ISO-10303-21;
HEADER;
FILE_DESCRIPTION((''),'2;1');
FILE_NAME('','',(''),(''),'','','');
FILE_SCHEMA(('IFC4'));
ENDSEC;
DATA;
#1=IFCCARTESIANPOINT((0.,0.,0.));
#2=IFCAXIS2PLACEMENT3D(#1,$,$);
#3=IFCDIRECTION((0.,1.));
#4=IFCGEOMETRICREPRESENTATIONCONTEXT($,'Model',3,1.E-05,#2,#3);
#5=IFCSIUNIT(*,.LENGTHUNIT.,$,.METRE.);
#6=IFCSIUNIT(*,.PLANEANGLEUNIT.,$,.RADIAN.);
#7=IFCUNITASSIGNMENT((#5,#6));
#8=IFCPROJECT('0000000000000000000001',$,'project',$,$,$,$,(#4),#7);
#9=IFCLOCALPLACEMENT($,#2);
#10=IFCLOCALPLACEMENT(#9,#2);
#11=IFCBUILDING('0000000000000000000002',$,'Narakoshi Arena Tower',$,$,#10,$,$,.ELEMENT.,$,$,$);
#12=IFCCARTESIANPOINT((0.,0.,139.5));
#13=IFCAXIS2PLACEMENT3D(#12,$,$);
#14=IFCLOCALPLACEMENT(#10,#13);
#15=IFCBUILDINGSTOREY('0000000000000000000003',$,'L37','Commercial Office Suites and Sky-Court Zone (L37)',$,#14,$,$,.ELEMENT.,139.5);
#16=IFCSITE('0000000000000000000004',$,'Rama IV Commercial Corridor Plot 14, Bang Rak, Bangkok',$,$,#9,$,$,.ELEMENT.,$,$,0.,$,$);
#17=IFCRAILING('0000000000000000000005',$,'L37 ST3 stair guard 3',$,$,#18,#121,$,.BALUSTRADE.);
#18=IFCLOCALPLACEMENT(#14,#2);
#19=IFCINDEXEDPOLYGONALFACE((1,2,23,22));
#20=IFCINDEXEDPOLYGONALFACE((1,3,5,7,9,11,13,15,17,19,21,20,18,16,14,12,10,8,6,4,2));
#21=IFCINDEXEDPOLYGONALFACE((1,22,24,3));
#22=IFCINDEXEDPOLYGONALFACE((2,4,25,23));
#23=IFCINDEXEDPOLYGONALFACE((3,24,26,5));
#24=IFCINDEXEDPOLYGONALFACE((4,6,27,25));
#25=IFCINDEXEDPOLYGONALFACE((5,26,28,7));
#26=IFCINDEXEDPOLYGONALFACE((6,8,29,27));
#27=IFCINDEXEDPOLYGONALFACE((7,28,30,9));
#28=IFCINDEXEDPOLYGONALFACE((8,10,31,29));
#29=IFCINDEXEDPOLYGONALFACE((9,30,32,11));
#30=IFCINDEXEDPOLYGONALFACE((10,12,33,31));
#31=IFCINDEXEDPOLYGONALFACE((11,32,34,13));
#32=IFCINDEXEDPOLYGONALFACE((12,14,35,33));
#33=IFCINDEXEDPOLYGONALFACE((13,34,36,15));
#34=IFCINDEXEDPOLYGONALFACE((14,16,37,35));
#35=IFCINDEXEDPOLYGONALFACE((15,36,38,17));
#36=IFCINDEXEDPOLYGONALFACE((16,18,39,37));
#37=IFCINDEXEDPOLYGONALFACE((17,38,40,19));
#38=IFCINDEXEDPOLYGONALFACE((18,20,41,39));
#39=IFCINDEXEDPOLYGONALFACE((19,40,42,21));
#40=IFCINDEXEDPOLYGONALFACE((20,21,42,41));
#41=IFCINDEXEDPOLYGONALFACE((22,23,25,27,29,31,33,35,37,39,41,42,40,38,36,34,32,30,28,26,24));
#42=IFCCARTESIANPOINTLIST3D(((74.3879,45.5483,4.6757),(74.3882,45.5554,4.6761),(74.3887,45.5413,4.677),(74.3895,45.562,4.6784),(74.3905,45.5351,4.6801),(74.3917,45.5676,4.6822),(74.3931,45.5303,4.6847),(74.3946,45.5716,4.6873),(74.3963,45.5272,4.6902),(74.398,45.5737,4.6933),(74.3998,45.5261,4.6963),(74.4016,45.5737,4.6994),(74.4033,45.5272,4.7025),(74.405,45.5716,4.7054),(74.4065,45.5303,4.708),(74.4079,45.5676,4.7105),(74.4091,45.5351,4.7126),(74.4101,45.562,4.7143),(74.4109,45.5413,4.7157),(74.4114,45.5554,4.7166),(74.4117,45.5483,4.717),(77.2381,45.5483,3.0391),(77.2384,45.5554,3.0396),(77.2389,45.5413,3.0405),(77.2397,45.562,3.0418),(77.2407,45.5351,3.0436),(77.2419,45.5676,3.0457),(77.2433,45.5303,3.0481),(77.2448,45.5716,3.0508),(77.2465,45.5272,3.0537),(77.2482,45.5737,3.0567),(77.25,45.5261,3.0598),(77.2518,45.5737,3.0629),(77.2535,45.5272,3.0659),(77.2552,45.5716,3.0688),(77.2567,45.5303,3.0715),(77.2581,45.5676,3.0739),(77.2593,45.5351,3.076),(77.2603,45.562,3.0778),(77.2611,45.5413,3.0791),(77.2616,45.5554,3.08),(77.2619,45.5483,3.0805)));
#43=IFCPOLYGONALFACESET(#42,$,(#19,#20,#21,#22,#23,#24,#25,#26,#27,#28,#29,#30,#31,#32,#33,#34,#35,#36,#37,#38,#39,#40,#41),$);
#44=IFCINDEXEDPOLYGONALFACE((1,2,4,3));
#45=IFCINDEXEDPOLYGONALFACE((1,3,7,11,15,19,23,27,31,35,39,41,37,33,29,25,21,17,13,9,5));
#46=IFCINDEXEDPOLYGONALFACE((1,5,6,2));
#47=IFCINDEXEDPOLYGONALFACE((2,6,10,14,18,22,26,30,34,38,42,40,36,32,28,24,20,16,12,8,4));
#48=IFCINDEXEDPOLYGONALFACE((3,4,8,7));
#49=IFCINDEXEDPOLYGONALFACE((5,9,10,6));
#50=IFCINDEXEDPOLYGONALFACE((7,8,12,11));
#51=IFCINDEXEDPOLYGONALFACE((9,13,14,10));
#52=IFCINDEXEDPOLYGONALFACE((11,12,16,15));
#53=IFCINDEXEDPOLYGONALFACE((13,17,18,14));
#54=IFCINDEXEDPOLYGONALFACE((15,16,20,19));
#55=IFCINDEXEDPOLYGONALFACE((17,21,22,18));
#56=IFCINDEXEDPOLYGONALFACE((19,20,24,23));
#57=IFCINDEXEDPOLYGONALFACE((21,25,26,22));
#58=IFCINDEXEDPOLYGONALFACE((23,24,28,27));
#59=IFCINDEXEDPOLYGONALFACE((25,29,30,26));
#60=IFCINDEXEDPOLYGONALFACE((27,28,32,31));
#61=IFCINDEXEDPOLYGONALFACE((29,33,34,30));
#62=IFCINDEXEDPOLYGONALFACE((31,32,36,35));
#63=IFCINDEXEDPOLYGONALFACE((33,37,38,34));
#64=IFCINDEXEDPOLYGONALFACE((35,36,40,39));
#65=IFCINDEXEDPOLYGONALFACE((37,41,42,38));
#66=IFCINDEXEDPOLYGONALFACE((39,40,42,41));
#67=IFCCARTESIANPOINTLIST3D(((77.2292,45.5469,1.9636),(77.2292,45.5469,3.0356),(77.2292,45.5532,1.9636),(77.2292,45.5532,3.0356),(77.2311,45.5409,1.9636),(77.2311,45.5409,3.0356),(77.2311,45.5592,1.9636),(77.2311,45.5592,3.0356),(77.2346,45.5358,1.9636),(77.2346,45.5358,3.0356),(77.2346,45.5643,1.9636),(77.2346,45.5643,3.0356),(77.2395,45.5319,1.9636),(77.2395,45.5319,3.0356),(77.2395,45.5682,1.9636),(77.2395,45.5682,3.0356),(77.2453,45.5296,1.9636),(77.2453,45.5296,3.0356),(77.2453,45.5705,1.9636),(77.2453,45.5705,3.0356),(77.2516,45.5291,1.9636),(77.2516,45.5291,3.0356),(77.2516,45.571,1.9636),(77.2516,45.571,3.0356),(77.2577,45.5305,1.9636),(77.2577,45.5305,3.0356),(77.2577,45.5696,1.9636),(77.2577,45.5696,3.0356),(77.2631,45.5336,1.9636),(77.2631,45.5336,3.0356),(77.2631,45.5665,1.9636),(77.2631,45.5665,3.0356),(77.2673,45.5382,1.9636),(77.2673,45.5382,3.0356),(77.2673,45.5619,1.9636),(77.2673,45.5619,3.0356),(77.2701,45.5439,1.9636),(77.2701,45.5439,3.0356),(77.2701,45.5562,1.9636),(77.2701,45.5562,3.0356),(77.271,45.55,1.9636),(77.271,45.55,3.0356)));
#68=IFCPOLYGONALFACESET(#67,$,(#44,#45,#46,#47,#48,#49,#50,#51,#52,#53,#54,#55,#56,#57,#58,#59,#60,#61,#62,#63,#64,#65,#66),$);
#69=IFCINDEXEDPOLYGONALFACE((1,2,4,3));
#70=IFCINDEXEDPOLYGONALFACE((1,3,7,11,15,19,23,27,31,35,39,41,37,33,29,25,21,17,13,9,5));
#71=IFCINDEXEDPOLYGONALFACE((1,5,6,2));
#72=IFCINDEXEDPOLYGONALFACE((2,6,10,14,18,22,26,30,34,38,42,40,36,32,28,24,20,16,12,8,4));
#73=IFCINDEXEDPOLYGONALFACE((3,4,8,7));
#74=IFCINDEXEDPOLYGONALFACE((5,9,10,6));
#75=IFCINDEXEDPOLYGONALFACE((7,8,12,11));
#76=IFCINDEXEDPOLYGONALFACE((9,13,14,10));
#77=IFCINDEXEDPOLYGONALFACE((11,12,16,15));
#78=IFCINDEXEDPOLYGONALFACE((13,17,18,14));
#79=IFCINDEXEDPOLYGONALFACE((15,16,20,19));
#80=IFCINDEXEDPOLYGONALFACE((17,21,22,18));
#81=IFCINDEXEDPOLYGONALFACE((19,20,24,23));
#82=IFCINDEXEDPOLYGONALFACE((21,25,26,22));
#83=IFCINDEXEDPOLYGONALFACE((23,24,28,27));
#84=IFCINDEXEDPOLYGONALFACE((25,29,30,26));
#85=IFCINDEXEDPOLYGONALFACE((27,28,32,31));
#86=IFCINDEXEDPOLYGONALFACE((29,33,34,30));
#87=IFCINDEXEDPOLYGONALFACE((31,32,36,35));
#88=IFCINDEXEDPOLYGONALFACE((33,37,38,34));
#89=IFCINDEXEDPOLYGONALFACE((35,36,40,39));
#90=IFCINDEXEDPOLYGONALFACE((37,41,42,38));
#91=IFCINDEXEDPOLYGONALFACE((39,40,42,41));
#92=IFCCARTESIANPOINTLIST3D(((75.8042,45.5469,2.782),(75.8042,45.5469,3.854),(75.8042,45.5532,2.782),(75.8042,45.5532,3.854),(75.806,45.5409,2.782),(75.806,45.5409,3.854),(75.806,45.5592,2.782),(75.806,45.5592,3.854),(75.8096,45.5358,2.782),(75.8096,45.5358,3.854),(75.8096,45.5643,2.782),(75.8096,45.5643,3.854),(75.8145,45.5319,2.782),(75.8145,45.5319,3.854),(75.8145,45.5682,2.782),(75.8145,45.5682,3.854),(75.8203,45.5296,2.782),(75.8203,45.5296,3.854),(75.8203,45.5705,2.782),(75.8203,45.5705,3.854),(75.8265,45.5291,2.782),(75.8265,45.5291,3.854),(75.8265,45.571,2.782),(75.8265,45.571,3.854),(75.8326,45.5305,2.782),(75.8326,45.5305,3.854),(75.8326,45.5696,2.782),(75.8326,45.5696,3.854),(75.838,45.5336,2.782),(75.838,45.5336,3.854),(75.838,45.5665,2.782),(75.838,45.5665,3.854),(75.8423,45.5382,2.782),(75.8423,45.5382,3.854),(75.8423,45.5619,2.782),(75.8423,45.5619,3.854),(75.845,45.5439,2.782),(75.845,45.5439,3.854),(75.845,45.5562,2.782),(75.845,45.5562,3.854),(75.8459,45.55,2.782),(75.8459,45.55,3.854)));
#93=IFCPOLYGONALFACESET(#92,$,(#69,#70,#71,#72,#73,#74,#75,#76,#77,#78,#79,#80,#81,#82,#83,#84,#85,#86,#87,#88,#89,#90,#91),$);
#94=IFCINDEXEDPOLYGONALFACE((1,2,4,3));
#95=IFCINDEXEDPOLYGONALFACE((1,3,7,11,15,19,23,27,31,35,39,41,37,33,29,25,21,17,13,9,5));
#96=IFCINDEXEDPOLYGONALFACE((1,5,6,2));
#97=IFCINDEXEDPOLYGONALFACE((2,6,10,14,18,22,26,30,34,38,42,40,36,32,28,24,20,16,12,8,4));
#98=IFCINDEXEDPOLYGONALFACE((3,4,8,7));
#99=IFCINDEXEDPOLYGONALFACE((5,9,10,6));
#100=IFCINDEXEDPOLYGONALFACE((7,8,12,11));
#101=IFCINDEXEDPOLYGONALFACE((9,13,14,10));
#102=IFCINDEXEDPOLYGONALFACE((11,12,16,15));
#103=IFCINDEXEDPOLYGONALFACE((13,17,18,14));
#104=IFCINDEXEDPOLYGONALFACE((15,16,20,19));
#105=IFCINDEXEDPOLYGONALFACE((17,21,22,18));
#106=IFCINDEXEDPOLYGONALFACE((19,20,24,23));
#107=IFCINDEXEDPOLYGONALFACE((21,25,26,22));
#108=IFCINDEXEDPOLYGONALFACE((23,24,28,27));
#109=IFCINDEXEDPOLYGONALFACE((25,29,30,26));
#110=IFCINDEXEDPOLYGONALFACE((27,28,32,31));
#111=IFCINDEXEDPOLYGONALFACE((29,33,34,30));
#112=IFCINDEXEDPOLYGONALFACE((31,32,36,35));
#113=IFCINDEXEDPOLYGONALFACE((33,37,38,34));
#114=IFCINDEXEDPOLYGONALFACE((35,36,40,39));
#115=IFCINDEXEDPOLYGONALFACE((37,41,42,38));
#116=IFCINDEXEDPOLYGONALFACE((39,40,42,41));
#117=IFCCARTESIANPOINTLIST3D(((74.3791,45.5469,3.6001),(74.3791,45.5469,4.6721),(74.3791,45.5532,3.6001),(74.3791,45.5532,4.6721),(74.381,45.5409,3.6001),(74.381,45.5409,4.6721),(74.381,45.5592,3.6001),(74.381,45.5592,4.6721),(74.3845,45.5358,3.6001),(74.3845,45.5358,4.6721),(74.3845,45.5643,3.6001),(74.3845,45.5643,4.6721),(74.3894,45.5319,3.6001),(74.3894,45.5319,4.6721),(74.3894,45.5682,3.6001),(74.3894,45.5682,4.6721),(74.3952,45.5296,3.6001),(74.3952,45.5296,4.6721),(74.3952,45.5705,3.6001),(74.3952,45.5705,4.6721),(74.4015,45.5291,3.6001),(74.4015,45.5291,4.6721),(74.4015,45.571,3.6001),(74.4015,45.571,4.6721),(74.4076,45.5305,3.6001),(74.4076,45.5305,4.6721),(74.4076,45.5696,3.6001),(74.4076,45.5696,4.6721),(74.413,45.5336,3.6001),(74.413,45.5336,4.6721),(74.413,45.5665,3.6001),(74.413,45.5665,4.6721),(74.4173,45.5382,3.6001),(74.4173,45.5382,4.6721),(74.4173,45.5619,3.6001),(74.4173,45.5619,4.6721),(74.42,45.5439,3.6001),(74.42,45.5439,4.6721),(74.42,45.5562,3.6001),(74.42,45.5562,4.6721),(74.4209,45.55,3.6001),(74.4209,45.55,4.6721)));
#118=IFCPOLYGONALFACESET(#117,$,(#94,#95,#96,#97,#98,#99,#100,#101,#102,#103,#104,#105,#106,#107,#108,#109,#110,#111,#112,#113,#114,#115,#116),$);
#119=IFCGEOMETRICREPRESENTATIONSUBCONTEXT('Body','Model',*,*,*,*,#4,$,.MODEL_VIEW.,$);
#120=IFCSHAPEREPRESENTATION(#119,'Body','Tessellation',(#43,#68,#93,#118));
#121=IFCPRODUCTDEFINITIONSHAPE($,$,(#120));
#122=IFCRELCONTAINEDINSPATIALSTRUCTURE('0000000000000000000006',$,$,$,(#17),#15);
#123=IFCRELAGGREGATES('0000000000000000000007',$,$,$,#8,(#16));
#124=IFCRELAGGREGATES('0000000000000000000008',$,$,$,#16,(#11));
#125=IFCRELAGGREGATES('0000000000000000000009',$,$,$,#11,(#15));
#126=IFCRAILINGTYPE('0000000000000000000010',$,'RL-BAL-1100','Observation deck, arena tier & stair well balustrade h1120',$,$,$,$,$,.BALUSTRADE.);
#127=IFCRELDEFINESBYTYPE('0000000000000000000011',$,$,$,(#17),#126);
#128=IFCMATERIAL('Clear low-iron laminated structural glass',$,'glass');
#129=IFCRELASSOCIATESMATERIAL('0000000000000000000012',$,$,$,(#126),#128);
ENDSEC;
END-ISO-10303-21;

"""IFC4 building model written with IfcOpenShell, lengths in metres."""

from ifc_helpers import new_model, si_unit, direction, frame, origin, origin_2d, place, context, subcontext, project, spatial, circle, extrude, material, type_object, element, save


model = new_model("IFC4")

# Units and contexts
model_context = context("Model", 3, precision=1e-05, world=origin(), true_north=direction((0.0, 1.0)))
body_context = subcontext(model_context, "Body", "Model", "MODEL_VIEW")
ifc_project = project(units=[si_unit("LENGTHUNIT", "METRE"), si_unit("PLANEANGLEUNIT", "RADIAN")], contexts=[model_context])

# Site, building, storey
site_placement = place(None, origin())
site = spatial("IfcSite", under=ifc_project, at=site_placement, Name="Rama IV Commercial Corridor Plot 14, Bang Rak, Bangkok", CompositionType="ELEMENT", RefElevation=0.0)
building_placement = place(site_placement, origin())
building = spatial("IfcBuilding", under=site, at=building_placement, Name="Narakoshi Arena Tower", CompositionType="ELEMENT")
storey_placement = place(building_placement, frame((0.0, 0.0, 139.5)))
storey = spatial("IfcBuildingStorey", under=building, at=storey_placement, Name="L37", Description="Commercial Office Suites and Sky-Court Zone (L37)", CompositionType="ELEMENT", Elevation=139.5)

# Railing
ifc_material_1 = material(Name="Clear low-iron laminated structural glass", Category="glass")
railing_type_1 = type_object("IfcRailingType", Name="RL-BAL-1100", Description="Observation deck, arena tier & stair well balustrade h1120", PredefinedType="BALUSTRADE", material=ifc_material_1)
railing_1_placement = place(storey_placement, frame((77.25, 45.55, 1.9636)))
element("IfcRailing", 1, at=railing_1_placement, inside=storey, type_object=railing_type_1, Name="L37 ST3 stair guard 3", PredefinedType="BALUSTRADE", context=body_context, shape_type="SweptSolid", body=[
    extrude(circle(Radius=0.0239, at=origin_2d()), frame((0.0, 0.0, 1.0962), z_axis=(-0.867213, 0.0, 0.497938), x_axis=(0.0, -1.0, 0.0)), (0.0, 0.0, 1.0), 3.2866),
    extrude(circle(Radius=0.021, at=origin_2d()), origin(), (0.0, 0.0, 1.0), 1.072),
    extrude(circle(Radius=0.021, at=origin_2d()), frame((-1.425, 0.0, 0.8184)), (0.0, 0.0, 1.0), 1.072),
    extrude(circle(Radius=0.021, at=origin_2d()), frame((-2.8501, 0.0, 1.6365)), (0.0, 0.0, 1.0), 1.072),
])

save(model, "model.ifc")
